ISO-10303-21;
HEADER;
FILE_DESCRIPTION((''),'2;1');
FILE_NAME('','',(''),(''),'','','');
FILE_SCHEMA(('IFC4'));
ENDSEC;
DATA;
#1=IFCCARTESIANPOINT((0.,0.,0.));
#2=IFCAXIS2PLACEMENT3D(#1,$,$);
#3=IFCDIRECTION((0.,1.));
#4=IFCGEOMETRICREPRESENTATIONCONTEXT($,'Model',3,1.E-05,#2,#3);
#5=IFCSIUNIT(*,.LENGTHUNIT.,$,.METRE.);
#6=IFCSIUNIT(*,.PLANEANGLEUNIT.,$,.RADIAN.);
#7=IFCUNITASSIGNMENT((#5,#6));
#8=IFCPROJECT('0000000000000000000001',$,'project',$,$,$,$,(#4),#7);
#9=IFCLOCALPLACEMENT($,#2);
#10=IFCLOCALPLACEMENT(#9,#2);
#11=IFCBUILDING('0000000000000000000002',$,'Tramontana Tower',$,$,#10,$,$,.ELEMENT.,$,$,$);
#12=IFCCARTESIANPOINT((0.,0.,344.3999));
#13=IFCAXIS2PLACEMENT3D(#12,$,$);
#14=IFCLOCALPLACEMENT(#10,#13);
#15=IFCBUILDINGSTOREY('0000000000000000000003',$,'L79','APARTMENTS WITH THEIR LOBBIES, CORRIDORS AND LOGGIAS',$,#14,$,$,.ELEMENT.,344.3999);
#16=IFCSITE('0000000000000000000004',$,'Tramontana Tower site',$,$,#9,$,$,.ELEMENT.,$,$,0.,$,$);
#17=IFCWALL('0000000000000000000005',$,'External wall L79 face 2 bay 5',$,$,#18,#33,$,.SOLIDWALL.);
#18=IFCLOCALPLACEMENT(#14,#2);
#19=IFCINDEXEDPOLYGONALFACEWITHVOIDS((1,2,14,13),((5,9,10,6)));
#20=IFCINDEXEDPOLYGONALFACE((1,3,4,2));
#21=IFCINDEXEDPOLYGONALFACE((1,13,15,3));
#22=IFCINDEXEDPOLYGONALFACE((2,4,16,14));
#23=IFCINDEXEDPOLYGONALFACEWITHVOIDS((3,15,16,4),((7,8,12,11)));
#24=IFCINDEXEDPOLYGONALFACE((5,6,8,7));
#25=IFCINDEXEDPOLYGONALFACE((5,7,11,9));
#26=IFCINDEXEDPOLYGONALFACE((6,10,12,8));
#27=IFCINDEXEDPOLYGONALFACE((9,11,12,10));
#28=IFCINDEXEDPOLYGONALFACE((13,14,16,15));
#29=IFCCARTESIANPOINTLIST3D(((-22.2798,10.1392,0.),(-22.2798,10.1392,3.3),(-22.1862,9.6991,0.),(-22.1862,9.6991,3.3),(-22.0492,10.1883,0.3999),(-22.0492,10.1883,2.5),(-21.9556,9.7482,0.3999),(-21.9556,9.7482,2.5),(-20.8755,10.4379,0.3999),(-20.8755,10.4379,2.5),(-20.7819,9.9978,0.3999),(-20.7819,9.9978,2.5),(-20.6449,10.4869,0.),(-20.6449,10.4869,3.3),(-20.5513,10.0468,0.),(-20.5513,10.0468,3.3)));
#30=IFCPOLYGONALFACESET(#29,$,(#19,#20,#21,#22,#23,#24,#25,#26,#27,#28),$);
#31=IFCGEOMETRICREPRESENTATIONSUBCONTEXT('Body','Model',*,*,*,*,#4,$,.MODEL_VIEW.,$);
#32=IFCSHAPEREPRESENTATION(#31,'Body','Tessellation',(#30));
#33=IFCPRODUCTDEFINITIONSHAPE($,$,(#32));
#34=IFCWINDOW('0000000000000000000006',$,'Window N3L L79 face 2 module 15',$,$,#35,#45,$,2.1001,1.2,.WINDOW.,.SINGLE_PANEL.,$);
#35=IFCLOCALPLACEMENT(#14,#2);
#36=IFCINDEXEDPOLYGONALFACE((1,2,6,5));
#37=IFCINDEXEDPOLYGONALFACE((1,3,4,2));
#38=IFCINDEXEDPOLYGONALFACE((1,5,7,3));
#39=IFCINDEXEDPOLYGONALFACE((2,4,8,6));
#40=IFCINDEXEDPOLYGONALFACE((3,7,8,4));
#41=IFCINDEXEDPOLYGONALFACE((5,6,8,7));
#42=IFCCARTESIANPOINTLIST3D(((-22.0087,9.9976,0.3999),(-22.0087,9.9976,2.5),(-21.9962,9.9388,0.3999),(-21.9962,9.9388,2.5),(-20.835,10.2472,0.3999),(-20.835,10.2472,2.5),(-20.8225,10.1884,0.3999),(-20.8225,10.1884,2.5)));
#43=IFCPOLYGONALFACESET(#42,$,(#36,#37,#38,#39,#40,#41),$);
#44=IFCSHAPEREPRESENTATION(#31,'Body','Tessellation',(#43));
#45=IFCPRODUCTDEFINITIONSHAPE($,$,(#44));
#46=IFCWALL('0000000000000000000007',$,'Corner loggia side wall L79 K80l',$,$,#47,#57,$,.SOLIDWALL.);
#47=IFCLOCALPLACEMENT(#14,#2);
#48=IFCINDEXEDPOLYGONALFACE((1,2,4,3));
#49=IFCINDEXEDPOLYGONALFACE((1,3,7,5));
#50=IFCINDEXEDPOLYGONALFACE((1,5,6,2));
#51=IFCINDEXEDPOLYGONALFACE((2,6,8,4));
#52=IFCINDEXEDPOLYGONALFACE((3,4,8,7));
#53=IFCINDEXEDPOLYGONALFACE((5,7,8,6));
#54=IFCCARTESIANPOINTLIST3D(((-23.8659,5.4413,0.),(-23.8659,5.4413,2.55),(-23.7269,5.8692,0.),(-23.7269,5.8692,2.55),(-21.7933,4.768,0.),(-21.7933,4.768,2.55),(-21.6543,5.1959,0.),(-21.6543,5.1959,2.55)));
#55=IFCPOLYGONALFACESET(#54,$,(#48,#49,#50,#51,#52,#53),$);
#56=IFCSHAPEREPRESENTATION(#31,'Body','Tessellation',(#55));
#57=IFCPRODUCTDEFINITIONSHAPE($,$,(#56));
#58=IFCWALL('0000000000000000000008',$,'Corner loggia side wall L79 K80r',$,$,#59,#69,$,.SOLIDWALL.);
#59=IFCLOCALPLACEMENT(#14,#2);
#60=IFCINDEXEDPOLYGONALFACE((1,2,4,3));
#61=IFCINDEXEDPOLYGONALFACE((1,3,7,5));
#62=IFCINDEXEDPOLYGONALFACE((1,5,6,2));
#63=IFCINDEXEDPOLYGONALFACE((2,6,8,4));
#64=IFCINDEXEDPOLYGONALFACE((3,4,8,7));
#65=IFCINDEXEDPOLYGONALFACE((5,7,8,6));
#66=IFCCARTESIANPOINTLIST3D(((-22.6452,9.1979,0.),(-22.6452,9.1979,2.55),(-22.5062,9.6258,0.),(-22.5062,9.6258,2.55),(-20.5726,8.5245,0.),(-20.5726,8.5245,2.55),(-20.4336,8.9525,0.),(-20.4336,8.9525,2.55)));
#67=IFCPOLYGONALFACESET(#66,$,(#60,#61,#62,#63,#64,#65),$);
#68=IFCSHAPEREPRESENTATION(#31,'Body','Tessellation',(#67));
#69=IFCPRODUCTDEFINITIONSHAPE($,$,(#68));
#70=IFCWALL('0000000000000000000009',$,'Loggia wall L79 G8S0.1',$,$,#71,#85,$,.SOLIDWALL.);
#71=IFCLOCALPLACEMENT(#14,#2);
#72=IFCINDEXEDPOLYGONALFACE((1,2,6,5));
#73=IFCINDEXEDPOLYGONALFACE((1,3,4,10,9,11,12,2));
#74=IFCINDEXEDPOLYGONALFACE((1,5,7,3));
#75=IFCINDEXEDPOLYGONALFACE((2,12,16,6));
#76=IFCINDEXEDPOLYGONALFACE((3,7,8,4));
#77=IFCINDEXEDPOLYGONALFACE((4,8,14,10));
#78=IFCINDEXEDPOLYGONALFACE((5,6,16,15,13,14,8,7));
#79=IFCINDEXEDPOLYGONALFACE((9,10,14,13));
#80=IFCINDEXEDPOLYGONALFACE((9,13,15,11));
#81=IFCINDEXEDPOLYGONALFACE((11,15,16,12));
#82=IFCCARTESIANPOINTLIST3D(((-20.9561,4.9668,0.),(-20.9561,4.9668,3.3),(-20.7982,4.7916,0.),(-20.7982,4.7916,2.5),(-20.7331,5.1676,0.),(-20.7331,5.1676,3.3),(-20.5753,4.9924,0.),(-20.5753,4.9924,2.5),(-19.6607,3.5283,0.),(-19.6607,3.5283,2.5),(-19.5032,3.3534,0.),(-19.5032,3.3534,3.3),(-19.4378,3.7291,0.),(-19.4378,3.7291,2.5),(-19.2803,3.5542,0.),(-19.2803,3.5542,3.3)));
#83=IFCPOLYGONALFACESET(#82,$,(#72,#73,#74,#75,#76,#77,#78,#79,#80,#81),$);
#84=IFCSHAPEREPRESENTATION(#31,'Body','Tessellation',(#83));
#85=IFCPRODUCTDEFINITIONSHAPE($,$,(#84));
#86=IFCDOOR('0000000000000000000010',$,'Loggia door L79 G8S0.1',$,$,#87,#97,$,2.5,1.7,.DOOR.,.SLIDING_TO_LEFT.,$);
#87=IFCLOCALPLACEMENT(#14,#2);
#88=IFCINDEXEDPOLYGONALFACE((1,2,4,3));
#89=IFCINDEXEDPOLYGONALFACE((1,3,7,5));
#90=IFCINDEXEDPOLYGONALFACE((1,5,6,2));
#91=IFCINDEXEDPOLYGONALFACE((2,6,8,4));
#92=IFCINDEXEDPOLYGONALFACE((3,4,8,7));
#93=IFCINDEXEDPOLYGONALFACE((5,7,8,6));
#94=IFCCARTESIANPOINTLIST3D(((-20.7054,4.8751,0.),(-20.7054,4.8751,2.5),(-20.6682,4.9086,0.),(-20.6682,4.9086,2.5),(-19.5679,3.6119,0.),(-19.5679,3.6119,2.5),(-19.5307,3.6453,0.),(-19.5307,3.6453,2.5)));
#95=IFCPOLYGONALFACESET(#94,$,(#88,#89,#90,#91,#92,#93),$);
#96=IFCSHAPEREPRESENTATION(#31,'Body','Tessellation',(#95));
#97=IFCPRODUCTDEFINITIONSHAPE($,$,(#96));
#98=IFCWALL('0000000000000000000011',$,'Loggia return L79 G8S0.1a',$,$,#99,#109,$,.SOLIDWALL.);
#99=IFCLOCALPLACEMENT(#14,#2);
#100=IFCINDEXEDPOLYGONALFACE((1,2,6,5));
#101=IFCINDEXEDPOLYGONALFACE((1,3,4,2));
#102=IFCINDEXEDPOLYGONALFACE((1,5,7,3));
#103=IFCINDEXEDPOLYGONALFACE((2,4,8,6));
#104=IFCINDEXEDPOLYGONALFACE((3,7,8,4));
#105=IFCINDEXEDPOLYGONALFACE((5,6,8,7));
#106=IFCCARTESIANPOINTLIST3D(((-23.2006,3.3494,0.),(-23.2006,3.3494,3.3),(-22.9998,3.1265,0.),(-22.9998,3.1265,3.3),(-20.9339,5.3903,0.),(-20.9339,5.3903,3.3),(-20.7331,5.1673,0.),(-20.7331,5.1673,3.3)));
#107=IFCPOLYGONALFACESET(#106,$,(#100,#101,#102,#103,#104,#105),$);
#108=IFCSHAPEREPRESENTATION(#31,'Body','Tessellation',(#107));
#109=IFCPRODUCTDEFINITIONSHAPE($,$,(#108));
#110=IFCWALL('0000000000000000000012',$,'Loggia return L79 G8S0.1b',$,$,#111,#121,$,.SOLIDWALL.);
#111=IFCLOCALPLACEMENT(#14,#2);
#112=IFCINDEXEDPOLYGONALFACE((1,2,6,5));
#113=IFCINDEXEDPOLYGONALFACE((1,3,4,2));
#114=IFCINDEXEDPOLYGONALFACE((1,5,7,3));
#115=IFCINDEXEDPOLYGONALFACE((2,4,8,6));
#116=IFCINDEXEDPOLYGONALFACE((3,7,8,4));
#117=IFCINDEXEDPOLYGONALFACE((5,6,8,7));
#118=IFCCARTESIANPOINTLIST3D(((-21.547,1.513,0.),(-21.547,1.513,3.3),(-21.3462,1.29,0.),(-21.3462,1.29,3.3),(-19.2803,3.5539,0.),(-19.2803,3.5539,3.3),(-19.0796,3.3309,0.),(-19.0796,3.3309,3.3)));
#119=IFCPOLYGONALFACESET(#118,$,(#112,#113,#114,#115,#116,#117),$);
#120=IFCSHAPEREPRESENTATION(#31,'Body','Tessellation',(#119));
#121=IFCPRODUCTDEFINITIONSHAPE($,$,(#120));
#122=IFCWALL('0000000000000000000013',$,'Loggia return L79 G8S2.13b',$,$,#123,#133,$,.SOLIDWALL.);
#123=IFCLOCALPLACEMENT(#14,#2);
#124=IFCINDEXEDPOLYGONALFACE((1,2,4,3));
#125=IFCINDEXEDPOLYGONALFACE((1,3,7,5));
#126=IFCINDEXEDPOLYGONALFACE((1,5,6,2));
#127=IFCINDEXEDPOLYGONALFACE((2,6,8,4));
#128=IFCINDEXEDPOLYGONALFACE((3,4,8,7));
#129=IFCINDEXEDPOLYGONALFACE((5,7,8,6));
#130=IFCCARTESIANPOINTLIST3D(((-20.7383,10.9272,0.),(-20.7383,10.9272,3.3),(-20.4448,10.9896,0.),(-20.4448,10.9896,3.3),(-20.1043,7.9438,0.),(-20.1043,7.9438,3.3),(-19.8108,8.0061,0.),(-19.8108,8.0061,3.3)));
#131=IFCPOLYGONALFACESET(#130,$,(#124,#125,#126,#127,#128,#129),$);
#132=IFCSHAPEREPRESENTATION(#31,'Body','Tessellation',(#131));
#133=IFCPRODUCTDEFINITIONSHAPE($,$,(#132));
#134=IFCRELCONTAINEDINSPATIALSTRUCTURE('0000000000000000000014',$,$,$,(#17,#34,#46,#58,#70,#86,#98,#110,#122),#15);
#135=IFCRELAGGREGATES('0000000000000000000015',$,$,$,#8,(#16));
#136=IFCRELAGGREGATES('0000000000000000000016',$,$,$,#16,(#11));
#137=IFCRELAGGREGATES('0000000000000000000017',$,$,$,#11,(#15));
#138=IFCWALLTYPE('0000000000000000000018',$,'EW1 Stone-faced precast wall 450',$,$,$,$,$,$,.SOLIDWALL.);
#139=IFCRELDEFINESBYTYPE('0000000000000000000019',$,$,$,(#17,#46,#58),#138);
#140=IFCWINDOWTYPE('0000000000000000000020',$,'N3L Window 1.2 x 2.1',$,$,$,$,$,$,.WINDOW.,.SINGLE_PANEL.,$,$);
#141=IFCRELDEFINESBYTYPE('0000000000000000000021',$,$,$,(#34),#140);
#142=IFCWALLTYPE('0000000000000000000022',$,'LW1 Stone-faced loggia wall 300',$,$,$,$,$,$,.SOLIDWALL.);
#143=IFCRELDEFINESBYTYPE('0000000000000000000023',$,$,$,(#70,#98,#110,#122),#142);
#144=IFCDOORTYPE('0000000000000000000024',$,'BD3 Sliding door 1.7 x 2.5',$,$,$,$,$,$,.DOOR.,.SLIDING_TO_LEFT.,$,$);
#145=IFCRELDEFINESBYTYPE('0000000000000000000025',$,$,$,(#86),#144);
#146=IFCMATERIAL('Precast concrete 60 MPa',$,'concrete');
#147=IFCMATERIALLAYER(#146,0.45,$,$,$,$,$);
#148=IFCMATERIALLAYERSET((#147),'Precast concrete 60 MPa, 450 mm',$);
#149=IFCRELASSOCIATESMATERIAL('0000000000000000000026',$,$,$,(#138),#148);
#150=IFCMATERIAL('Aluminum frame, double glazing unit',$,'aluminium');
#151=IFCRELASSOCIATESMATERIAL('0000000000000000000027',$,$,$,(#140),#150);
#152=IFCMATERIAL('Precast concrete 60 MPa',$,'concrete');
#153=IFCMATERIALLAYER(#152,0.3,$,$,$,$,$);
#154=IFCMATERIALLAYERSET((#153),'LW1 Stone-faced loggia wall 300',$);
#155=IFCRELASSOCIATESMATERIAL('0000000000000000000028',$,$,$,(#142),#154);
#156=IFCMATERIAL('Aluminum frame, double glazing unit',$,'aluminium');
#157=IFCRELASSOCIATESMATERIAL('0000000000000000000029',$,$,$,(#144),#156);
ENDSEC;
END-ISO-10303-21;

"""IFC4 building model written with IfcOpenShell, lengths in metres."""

from ifc_helpers import new_model, si_unit, direction, frame, frame_2d, origin, place, context, subcontext, project, spatial, rectangle, extrude, material, layer, layer_set, type_object, element, fill, save


model = new_model("IFC4")

# Units and contexts
model_context = context("Model", 3, precision=1e-05, world=origin(), true_north=direction((0.0, 1.0)))
body_context = subcontext(model_context, "Body", "Model", "MODEL_VIEW")
ifc_project = project(units=[si_unit("LENGTHUNIT", "METRE"), si_unit("PLANEANGLEUNIT", "RADIAN")], contexts=[model_context])

# Site, building, storey
site_placement = place(None, origin())
site = spatial("IfcSite", under=ifc_project, at=site_placement, Name="Tramontana Tower site", CompositionType="ELEMENT", RefElevation=0.0)
building_placement = place(site_placement, origin())
building = spatial("IfcBuilding", under=site, at=building_placement, Name="Tramontana Tower", CompositionType="ELEMENT")
storey_placement = place(building_placement, frame((0.0, 0.0, 344.3999)))
storey = spatial("IfcBuildingStorey", under=building, at=storey_placement, Name="L79", Description="APARTMENTS WITH THEIR LOBBIES, CORRIDORS AND LOGGIAS", CompositionType="ELEMENT", Elevation=344.3999)

# Wall, opening, window
ifc_material_1 = material(Name="Precast concrete 60 MPa", Category="concrete")
ifc_layer_1 = layer(ifc_material_1, 0.45)
ifc_layer_set_1 = layer_set([ifc_layer_1], Name="Precast concrete 60 MPa, 450 mm")
wall_type_1 = type_object("IfcWallType", Name="EW1 Stone-faced precast wall 450", PredefinedType="SOLIDWALL", material=ifc_layer_set_1)
ifc_material_2 = material(Name="Aluminum frame, double glazing unit", Category="aluminium")
window_type_1 = type_object("IfcWindowType", Name="N3L Window 1.2 x 2.1", PartitioningType="SINGLE_PANEL", PredefinedType="WINDOW", material=ifc_material_2)
wall_1_placement = place(storey_placement, frame((-20.5981, 10.2668, 0.0), z_axis=(0.0, 0.0, 1.0), x_axis=(-0.978126, -0.208012, 0.0)))
wall_1 = element("IfcWall", 1, at=wall_1_placement, inside=storey, type_object=wall_type_1, Name="External wall L79 face 2 bay 5", PredefinedType="SOLIDWALL", context=body_context, shape_type="SweptSolid", body=[
    extrude(rectangle(XDim=1.6714, YDim=0.45, at=frame_2d((0.8357, 0.0))), origin(), (0.0, 0.0, 1.0), 3.3),
])
opening_1_placement = place(wall_1_placement, frame((0.2356, 0.0, 0.3999)))
opening_1 = element("IfcOpeningElement", 2, at=opening_1_placement, cuts=wall_1, PredefinedType="OPENING", context=body_context, shape_type="SweptSolid", body=[
    extrude(rectangle(XDim=1.2, YDim=2.1001, at=frame_2d((0.6001, 1.05))), frame((0.0, 0.2349, 0.0), z_axis=(0.0, -1.0, 0.0), x_axis=(1.0, 0.0, 0.0)), (0.0, 0.0, 1.0), 0.47),
])
window_1_placement = place(opening_1_placement, origin())
window_1 = element("IfcWindow", 3, at=window_1_placement, inside=storey, type_object=window_type_1, Name="Window N3L L79 face 2 module 15", OverallHeight=2.1001, OverallWidth=1.2, PartitioningType="SINGLE_PANEL", PredefinedType="WINDOW", context=body_context, shape_type="SweptSolid", body=[
    extrude(rectangle(XDim=1.2, YDim=2.1001, at=frame_2d((0.6001, 1.05))), frame((0.0, 0.03, 0.0), z_axis=(0.0, -1.0, 0.0), x_axis=(1.0, 0.0, 0.0)), (0.0, 0.0, 1.0), 0.0601),
])
fill(opening_1, window_1)

# Walls
for number, where, z_axis, x_axis, name in (
    (4, (-23.7964, 5.6553, 0.0), (0.0, 0.0, 1.0), (0.951065, -0.308992, 0.0), "Corner loggia side wall L79 K80l"),
    (5, (-22.5757, 9.4119, 0.0), (0.0, 0.0, 1.0), (0.951065, -0.308992, 0.0), "Corner loggia side wall L79 K80r"),
):
    element("IfcWall", number, at=place(storey_placement, frame(where, z_axis=z_axis, x_axis=x_axis)), inside=storey, type_object=wall_type_1, Name=name, PredefinedType="SOLIDWALL", context=body_context, shape_type="SweptSolid", body=[
        extrude(rectangle(XDim=2.1792, YDim=0.45, at=frame_2d((1.0896, 0.0))), origin(), (0.0, 0.0, 1.0), 2.55),
    ])

# Wall, opening, door
ifc_material_3 = material(Name="Precast concrete 60 MPa", Category="concrete")
ifc_layer_2 = layer(ifc_material_3, 0.3)
ifc_layer_set_2 = layer_set([ifc_layer_2], Name="LW1 Stone-faced loggia wall 300")
wall_type_2 = type_object("IfcWallType", Name="LW1 Stone-faced loggia wall 300", PredefinedType="SOLIDWALL", material=ifc_layer_set_2)
wall_2_placement = place(storey_placement, frame((-20.8445, 5.0671, 0.0), z_axis=(0.0, 0.0, 1.0), x_axis=(0.669145, -0.743132, 0.0)))
wall_2 = element("IfcWall", 6, at=wall_2_placement, inside=storey, type_object=wall_type_2, Name="Loggia wall L79 G8S0.1", PredefinedType="SOLIDWALL", context=body_context, shape_type="SweptSolid", body=[
    extrude(rectangle(XDim=2.1711, YDim=0.3, at=frame_2d((1.0854, 0.0))), origin(), (0.0, 0.0, 1.0), 3.3),
])
opening_2_placement = place(wall_2_placement, frame((0.2356, 0.0, 0.0)))
opening_2 = element("IfcOpeningElement", 7, at=opening_2_placement, cuts=wall_2, PredefinedType="OPENING", context=body_context, shape_type="SweptSolid", body=[
    extrude(rectangle(XDim=1.7, YDim=2.5, at=frame_2d((0.8501, 1.25))), frame((0.0, 0.1599, 0.0), z_axis=(0.0, -1.0, 0.0), x_axis=(1.0, 0.0, 0.0)), (0.0, 0.0, 1.0), 0.3201),
])
ifc_material_4 = material(Name="Aluminum frame, double glazing unit", Category="aluminium")
door_type_1 = type_object("IfcDoorType", Name="BD3 Sliding door 1.7 x 2.5", OperationType="SLIDING_TO_LEFT", PredefinedType="DOOR", material=ifc_material_4)
door_1_placement = place(opening_2_placement, origin())
door_1 = element("IfcDoor", 8, at=door_1_placement, inside=storey, type_object=door_type_1, Name="Loggia door L79 G8S0.1", OperationType="SLIDING_TO_LEFT", OverallHeight=2.5, OverallWidth=1.7, PredefinedType="DOOR", context=body_context, shape_type="SweptSolid", body=[
    extrude(rectangle(XDim=1.7, YDim=2.5, at=frame_2d((0.8501, 1.25))), frame((0.0, 0.0249, 0.0), z_axis=(0.0, -1.0, 0.0), x_axis=(1.0, 0.0, 0.0)), (0.0, 0.0, 1.0), 0.05),
])
fill(opening_2, door_1)

# Walls
for number, where, z_axis, x_axis, name in (
    (9, (-23.1001, 3.238, 0.0), (0.0, 0.0, 1.0), (0.743159, 0.669115, 0.0), "Loggia return L79 G8S0.1a"),
    (10, (-21.4465, 1.4016, 0.0), (0.0, 0.0, 1.0), (0.743159, 0.669115, 0.0), "Loggia return L79 G8S0.1b"),
    (11, (-20.5916, 10.9583, 0.0), (0.0, 0.0, 1.0), (0.207878, -0.978155, 0.0), "Loggia return L79 G8S2.13b"),
):
    element("IfcWall", number, at=place(storey_placement, frame(where, z_axis=z_axis, x_axis=x_axis)), inside=storey, type_object=wall_type_2, Name=name, PredefinedType="SOLIDWALL", context=body_context, shape_type="SweptSolid", body=[
        extrude(rectangle(XDim=3.05, YDim=0.3, at=frame_2d((1.5249, 0.0))), origin(), (0.0, 0.0, 1.0), 3.3),
    ])

save(model, "model.ifc")
